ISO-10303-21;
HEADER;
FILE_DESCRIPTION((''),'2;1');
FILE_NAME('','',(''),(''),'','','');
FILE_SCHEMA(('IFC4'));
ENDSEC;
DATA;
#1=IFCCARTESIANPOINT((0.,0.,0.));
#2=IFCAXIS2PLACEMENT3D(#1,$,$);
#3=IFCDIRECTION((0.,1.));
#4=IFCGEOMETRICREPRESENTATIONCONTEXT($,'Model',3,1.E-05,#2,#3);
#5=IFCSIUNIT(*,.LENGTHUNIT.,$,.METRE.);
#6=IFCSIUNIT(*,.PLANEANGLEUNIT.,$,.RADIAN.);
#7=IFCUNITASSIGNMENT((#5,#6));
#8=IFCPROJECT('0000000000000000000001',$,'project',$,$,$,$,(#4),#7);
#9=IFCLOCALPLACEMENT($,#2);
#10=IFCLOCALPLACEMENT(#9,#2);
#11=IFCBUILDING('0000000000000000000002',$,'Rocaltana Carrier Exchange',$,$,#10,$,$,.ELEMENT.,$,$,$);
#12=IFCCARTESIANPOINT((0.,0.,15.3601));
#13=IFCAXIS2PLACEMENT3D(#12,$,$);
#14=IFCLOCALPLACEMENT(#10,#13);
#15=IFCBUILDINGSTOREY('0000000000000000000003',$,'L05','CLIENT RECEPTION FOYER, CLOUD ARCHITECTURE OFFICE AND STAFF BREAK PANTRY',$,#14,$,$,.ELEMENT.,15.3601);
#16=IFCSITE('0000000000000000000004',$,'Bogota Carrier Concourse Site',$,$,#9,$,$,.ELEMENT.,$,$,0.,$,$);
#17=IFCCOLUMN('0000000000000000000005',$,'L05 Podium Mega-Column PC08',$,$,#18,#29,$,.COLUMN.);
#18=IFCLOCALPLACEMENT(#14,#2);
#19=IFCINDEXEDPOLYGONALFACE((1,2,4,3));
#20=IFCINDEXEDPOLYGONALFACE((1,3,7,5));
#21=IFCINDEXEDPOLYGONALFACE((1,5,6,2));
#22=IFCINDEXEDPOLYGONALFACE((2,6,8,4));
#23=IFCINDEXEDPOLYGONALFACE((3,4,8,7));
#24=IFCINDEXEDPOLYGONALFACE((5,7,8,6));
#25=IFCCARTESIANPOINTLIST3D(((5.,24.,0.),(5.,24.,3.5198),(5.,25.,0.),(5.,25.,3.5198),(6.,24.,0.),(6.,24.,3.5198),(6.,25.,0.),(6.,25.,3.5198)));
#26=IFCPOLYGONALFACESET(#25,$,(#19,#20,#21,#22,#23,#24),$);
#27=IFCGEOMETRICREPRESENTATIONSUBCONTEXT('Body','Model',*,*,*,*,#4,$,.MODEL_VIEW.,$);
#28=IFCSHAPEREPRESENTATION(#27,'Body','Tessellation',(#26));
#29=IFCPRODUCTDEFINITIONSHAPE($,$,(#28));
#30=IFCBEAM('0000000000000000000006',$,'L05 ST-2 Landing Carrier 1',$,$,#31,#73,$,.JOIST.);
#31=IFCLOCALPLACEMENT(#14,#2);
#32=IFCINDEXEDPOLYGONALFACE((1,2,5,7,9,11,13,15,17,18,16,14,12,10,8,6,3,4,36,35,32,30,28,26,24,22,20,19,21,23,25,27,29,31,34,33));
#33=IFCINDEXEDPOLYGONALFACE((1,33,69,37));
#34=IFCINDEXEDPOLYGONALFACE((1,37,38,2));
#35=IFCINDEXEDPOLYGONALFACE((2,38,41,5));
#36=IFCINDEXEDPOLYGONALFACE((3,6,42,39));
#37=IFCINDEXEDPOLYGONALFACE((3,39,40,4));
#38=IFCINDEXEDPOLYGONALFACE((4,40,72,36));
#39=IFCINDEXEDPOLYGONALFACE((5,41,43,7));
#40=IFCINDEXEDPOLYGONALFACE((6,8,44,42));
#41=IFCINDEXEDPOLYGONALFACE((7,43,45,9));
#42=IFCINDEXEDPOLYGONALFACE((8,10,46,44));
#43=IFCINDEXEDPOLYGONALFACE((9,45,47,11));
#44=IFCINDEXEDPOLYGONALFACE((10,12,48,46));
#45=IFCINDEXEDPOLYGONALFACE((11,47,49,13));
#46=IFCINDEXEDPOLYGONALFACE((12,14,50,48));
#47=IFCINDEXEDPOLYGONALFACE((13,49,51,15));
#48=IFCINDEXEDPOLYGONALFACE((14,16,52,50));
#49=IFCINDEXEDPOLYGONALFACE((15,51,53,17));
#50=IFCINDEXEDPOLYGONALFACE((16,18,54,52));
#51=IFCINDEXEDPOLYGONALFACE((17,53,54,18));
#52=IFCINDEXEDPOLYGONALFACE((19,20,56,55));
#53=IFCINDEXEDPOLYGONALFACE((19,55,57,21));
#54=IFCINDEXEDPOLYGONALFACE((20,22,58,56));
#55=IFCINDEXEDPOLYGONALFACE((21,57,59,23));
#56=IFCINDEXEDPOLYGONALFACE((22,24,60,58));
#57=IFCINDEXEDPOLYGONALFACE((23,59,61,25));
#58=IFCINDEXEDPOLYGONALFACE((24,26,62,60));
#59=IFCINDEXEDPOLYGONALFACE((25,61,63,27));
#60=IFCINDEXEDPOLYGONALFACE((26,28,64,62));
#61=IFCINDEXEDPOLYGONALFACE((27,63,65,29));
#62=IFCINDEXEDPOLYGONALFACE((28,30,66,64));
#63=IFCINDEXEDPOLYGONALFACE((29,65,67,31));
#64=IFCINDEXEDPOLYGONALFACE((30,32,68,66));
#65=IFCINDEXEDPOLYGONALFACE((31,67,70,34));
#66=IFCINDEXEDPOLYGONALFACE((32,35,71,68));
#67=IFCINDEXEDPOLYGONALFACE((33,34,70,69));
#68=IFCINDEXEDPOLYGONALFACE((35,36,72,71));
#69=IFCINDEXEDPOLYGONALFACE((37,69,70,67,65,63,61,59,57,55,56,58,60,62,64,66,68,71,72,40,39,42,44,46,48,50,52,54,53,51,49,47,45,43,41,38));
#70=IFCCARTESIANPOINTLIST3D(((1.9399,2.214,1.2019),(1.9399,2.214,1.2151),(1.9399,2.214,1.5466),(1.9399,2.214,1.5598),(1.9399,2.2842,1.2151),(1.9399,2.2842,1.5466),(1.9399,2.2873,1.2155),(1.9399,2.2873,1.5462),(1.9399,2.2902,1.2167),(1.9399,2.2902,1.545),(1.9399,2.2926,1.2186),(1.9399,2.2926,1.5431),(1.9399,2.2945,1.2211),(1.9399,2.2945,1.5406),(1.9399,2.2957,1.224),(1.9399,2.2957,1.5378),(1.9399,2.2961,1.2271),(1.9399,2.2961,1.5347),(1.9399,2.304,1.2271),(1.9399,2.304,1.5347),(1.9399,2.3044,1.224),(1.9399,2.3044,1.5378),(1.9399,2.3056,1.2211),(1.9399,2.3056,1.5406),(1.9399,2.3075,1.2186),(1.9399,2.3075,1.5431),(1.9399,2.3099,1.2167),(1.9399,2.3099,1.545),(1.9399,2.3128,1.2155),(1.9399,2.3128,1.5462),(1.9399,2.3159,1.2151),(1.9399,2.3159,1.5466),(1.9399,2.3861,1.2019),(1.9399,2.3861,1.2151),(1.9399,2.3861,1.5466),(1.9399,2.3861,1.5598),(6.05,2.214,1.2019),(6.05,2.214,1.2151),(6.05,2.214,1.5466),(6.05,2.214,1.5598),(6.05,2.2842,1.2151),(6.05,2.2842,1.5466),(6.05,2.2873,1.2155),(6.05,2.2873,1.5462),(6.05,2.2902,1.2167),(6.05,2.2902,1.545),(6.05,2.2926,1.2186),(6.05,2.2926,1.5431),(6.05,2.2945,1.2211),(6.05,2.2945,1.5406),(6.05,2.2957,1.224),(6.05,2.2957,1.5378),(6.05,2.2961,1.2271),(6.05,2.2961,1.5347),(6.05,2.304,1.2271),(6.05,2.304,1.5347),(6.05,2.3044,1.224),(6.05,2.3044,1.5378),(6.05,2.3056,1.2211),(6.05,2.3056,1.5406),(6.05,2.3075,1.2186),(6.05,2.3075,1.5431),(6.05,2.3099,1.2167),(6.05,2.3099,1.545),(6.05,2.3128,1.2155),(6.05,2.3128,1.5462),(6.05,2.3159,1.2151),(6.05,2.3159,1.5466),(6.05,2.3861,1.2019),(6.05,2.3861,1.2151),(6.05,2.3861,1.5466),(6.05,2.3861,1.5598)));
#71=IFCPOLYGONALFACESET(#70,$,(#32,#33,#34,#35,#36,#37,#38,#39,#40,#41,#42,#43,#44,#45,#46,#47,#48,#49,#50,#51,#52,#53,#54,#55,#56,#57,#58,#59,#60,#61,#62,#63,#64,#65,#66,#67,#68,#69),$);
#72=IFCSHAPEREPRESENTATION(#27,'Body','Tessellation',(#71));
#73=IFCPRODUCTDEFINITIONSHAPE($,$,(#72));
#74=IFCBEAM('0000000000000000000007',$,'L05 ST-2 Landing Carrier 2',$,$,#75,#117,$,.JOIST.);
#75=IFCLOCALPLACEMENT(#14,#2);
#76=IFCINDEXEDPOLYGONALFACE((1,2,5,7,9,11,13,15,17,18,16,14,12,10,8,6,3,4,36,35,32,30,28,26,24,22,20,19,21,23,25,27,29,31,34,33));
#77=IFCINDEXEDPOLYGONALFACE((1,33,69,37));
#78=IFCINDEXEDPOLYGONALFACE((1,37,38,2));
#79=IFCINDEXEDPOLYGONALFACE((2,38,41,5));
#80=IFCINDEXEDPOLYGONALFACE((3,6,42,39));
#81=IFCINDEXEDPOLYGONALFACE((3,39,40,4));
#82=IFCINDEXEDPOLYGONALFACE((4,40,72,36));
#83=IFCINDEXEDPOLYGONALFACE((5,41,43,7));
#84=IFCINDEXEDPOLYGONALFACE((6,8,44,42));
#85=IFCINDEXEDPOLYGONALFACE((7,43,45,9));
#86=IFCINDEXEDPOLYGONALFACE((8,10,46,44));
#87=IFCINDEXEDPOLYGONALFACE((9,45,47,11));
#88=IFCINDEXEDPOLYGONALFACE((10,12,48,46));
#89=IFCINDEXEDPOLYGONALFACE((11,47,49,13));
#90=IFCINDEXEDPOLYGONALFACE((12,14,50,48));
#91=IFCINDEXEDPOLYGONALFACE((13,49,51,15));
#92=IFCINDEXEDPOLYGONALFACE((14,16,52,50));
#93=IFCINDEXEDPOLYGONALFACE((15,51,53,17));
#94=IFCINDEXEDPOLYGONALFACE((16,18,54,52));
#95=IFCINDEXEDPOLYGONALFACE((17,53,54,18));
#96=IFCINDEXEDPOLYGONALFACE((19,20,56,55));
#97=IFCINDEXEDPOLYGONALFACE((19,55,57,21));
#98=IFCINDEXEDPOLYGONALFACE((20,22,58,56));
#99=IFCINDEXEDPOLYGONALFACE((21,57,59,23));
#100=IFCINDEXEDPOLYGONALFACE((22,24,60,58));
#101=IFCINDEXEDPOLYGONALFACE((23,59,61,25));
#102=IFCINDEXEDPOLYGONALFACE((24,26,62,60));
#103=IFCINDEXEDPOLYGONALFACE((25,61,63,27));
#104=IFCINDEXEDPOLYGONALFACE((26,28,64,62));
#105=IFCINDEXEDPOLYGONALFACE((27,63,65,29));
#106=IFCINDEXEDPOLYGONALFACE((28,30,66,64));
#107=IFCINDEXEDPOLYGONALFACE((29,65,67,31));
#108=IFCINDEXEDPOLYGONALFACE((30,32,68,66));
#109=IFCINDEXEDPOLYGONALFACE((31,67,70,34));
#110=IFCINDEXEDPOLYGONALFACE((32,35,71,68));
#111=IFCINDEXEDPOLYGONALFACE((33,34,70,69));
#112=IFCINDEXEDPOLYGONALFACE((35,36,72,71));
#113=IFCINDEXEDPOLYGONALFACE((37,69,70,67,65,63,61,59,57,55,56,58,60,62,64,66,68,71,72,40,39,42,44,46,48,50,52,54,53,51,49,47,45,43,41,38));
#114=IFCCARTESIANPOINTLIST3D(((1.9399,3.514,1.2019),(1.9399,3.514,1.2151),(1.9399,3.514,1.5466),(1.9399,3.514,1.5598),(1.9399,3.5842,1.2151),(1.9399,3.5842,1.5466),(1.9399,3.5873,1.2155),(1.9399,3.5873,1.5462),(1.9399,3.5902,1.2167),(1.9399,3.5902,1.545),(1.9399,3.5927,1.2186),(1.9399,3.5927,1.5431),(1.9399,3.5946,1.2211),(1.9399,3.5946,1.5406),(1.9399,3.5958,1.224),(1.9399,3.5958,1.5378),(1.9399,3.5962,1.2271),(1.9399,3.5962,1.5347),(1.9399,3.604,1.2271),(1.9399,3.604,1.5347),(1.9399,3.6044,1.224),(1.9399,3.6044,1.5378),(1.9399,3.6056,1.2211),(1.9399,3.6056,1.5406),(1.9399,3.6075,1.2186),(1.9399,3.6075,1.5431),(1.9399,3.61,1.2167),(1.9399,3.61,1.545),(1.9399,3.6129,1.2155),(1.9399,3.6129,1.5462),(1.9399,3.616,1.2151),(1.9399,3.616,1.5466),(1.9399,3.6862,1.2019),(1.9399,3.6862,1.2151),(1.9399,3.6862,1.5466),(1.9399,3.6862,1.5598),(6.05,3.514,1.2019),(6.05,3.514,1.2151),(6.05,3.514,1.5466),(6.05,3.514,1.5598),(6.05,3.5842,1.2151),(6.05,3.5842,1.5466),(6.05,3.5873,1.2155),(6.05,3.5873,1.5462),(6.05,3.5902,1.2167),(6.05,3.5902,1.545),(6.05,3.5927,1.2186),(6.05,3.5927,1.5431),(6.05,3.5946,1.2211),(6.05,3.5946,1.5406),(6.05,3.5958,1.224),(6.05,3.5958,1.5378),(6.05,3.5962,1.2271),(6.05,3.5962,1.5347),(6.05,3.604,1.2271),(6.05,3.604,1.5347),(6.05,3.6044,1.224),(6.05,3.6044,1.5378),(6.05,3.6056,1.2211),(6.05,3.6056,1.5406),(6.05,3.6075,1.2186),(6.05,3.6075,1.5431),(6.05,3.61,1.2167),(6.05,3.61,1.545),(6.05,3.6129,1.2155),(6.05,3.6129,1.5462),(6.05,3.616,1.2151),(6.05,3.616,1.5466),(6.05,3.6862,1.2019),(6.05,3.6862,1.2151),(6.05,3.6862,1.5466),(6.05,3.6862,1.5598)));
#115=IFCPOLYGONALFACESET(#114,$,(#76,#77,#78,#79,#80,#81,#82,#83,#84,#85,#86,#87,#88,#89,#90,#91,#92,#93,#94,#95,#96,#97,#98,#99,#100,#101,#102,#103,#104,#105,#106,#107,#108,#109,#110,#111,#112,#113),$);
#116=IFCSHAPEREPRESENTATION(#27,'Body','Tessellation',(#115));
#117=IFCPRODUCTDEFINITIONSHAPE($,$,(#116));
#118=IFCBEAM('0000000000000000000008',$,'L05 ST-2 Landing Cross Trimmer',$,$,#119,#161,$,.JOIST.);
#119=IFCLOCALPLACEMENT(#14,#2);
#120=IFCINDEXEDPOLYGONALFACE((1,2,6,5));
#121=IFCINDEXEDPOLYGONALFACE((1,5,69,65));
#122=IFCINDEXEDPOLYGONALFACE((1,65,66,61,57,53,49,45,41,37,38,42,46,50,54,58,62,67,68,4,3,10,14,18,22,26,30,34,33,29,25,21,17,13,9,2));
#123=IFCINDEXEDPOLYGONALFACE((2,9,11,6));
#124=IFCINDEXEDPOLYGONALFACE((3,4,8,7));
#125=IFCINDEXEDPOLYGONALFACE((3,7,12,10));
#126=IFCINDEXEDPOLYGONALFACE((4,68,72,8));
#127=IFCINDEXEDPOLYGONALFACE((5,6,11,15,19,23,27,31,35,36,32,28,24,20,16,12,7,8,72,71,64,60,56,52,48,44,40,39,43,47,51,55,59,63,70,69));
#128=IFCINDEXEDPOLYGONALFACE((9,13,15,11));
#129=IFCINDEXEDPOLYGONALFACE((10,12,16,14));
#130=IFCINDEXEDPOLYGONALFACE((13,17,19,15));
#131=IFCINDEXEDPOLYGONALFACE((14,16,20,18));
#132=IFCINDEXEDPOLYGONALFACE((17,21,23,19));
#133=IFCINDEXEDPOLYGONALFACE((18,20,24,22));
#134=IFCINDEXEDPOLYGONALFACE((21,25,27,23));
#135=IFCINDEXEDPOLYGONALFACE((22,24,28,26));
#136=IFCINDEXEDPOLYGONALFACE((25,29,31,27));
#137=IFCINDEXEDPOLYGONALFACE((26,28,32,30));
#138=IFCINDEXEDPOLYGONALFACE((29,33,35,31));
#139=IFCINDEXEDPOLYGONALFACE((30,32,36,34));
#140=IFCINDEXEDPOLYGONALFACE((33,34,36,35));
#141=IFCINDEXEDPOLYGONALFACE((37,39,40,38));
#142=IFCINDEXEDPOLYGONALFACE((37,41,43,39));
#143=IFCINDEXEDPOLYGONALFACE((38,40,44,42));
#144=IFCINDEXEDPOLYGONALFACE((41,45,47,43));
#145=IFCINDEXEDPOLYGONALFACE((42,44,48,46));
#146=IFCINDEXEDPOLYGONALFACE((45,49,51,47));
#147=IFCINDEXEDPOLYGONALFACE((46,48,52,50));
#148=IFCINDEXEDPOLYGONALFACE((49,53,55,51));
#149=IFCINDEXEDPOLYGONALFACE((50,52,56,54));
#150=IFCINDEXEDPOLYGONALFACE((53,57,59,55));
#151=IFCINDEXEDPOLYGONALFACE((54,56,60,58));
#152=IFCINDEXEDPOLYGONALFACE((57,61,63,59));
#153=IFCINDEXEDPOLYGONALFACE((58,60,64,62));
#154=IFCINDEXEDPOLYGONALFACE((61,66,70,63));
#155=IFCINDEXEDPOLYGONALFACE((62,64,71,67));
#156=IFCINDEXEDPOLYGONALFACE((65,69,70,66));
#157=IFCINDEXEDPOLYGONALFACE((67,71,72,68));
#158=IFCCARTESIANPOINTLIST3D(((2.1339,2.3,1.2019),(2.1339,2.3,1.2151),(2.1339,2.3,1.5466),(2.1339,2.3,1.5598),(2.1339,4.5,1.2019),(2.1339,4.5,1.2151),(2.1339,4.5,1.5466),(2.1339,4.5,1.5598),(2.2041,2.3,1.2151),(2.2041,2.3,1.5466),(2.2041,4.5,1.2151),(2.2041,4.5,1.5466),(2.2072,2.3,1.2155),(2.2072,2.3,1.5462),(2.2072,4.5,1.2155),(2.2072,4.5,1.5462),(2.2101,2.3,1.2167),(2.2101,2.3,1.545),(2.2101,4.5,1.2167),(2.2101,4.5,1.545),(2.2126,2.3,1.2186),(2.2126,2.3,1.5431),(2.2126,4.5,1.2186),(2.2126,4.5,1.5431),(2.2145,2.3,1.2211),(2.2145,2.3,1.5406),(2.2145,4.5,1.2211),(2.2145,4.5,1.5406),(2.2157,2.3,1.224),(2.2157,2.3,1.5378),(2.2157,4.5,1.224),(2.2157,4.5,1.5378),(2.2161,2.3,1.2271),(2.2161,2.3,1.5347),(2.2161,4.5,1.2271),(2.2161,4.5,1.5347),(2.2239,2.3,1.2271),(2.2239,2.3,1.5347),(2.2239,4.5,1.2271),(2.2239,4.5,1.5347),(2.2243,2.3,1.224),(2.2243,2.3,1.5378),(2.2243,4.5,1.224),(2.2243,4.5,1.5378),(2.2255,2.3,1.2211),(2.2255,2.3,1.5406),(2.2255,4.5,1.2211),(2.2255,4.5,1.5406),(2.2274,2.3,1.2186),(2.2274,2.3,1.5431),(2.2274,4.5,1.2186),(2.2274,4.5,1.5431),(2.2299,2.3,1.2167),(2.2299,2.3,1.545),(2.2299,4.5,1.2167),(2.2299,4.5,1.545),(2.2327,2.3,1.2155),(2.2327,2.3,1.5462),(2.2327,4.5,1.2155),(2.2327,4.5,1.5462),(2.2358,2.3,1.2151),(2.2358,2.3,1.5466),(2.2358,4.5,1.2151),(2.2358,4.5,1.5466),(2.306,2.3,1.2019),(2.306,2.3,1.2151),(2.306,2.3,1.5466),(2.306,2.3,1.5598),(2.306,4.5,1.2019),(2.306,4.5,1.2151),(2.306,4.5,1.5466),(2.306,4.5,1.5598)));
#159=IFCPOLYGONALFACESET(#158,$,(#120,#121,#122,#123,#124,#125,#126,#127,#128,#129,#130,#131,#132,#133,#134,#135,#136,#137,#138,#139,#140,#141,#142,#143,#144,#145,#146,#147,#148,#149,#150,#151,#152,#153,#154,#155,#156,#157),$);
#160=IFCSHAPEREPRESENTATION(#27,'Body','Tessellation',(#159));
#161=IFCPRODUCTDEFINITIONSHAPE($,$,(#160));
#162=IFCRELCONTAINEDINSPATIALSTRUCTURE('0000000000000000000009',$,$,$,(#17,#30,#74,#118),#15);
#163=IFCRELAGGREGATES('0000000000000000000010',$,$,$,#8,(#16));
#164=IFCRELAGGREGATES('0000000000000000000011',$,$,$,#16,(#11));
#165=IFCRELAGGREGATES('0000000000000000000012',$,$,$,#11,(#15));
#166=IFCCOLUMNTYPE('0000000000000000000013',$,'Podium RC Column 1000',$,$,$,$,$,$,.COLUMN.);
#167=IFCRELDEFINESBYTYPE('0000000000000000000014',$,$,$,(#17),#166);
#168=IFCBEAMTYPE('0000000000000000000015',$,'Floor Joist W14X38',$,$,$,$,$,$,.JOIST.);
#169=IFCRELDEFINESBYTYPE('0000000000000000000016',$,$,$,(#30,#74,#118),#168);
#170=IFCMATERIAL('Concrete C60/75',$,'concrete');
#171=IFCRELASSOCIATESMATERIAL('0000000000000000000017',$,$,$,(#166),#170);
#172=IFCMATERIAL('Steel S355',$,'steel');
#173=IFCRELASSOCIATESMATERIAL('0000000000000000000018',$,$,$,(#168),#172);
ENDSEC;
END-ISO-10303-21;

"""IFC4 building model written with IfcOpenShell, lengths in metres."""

from ifc_helpers import new_model, si_unit, direction, frame, origin, origin_2d, place, context, subcontext, project, spatial, rectangle, i_section, extrude, material, material_profile, profile_set, type_object, element, save


model = new_model("IFC4")

# Units and contexts
model_context = context("Model", 3, precision=1e-05, world=origin(), true_north=direction((0.0, 1.0)))
body_context = subcontext(model_context, "Body", "Model", "MODEL_VIEW")
ifc_project = project(units=[si_unit("LENGTHUNIT", "METRE"), si_unit("PLANEANGLEUNIT", "RADIAN")], contexts=[model_context])

# Site, building, storey
site_placement = place(None, origin())
site = spatial("IfcSite", under=ifc_project, at=site_placement, Name="Bogota Carrier Concourse Site", CompositionType="ELEMENT", RefElevation=0.0)
building_placement = place(site_placement, origin())
building = spatial("IfcBuilding", under=site, at=building_placement, Name="Rocaltana Carrier Exchange", CompositionType="ELEMENT")
storey_placement = place(building_placement, frame((0.0, 0.0, 15.3601)))
storey = spatial("IfcBuildingStorey", under=building, at=storey_placement, Name="L05", Description="CLIENT RECEPTION FOYER, CLOUD ARCHITECTURE OFFICE AND STAFF BREAK PANTRY", CompositionType="ELEMENT", Elevation=15.3601)

# Column
ifc_material_1 = material(Name="Concrete C60/75", Category="concrete")
ifc_material_profile_1 = material_profile(ifc_material_1, rectangle(XDim=1.0, YDim=1.0, at=origin_2d()), Name="RC-COL-1000X1000")
ifc_profile_set_1 = profile_set([ifc_material_profile_1], Name="Concrete C60/75")
column_type = type_object("IfcColumnType", Name="Podium RC Column 1000", PredefinedType="COLUMN", material=ifc_profile_set_1)
column_placement = place(storey_placement, frame((5.5, 24.5, 0.0), z_axis=(0.0, 0.0, 1.0), x_axis=(1.0, 0.0, 0.0)))
element("IfcColumn", 1, at=column_placement, inside=storey, type_object=column_type, Name="L05 Podium Mega-Column PC08", PredefinedType="COLUMN", context=body_context, shape_type="SweptSolid", body=[
    extrude(rectangle(XDim=1.0, YDim=1.0, at=origin_2d()), origin(), (0.0, 0.0, 1.0), 3.5198),
])

# Beams
ifc_material_2 = material(Name="Steel S355", Category="steel")
ifc_material_profile_2 = material_profile(ifc_material_2, i_section(OverallWidth=0.1721, OverallDepth=0.3579, WebThickness=0.0078, FlangeThickness=0.0132, FilletRadius=0.012, at=origin_2d()), Name="W14X38")
ifc_profile_set_2 = profile_set([ifc_material_profile_2], Name="Steel S355")
beam_type_1 = type_object("IfcBeamType", Name="Floor Joist W14X38", PredefinedType="JOIST", material=ifc_profile_set_2)
for number, where, z_axis, x_axis, name in (
    (2, (1.9399, 2.3, 1.3809), (1.0, 0.0, 0.0), (0.0, 1.0, 0.0), "L05 ST-2 Landing Carrier 1"),
    (3, (1.9399, 3.6001, 1.3809), (1.0, 0.0, 0.0), (0.0, 1.0, 0.0), "L05 ST-2 Landing Carrier 2"),
):
    element("IfcBeam", number, at=place(storey_placement, frame(where, z_axis=z_axis, x_axis=x_axis)), inside=storey, type_object=beam_type_1, Name=name, PredefinedType="JOIST", context=body_context, shape_type="SweptSolid", body=[
        extrude(i_section(OverallWidth=0.1721, OverallDepth=0.3579, WebThickness=0.0078, FlangeThickness=0.0132, FilletRadius=0.012, at=origin_2d()), origin(), (0.0, 0.0, 1.0), 4.1101),
    ])
beam_1_placement = place(storey_placement, frame((2.22, 2.3, 1.3809), z_axis=(0.0, 1.0, 0.0), x_axis=(-1.0, 0.0, 0.0)))
element("IfcBeam", 4, at=beam_1_placement, inside=storey, type_object=beam_type_1, Name="L05 ST-2 Landing Cross Trimmer", PredefinedType="JOIST", context=body_context, shape_type="SweptSolid", body=[
    extrude(i_section(OverallWidth=0.1721, OverallDepth=0.3579, WebThickness=0.0078, FlangeThickness=0.0132, FilletRadius=0.012, at=origin_2d()), origin(), (0.0, 0.0, 1.0), 2.2),
])

save(model, "model.ifc")
